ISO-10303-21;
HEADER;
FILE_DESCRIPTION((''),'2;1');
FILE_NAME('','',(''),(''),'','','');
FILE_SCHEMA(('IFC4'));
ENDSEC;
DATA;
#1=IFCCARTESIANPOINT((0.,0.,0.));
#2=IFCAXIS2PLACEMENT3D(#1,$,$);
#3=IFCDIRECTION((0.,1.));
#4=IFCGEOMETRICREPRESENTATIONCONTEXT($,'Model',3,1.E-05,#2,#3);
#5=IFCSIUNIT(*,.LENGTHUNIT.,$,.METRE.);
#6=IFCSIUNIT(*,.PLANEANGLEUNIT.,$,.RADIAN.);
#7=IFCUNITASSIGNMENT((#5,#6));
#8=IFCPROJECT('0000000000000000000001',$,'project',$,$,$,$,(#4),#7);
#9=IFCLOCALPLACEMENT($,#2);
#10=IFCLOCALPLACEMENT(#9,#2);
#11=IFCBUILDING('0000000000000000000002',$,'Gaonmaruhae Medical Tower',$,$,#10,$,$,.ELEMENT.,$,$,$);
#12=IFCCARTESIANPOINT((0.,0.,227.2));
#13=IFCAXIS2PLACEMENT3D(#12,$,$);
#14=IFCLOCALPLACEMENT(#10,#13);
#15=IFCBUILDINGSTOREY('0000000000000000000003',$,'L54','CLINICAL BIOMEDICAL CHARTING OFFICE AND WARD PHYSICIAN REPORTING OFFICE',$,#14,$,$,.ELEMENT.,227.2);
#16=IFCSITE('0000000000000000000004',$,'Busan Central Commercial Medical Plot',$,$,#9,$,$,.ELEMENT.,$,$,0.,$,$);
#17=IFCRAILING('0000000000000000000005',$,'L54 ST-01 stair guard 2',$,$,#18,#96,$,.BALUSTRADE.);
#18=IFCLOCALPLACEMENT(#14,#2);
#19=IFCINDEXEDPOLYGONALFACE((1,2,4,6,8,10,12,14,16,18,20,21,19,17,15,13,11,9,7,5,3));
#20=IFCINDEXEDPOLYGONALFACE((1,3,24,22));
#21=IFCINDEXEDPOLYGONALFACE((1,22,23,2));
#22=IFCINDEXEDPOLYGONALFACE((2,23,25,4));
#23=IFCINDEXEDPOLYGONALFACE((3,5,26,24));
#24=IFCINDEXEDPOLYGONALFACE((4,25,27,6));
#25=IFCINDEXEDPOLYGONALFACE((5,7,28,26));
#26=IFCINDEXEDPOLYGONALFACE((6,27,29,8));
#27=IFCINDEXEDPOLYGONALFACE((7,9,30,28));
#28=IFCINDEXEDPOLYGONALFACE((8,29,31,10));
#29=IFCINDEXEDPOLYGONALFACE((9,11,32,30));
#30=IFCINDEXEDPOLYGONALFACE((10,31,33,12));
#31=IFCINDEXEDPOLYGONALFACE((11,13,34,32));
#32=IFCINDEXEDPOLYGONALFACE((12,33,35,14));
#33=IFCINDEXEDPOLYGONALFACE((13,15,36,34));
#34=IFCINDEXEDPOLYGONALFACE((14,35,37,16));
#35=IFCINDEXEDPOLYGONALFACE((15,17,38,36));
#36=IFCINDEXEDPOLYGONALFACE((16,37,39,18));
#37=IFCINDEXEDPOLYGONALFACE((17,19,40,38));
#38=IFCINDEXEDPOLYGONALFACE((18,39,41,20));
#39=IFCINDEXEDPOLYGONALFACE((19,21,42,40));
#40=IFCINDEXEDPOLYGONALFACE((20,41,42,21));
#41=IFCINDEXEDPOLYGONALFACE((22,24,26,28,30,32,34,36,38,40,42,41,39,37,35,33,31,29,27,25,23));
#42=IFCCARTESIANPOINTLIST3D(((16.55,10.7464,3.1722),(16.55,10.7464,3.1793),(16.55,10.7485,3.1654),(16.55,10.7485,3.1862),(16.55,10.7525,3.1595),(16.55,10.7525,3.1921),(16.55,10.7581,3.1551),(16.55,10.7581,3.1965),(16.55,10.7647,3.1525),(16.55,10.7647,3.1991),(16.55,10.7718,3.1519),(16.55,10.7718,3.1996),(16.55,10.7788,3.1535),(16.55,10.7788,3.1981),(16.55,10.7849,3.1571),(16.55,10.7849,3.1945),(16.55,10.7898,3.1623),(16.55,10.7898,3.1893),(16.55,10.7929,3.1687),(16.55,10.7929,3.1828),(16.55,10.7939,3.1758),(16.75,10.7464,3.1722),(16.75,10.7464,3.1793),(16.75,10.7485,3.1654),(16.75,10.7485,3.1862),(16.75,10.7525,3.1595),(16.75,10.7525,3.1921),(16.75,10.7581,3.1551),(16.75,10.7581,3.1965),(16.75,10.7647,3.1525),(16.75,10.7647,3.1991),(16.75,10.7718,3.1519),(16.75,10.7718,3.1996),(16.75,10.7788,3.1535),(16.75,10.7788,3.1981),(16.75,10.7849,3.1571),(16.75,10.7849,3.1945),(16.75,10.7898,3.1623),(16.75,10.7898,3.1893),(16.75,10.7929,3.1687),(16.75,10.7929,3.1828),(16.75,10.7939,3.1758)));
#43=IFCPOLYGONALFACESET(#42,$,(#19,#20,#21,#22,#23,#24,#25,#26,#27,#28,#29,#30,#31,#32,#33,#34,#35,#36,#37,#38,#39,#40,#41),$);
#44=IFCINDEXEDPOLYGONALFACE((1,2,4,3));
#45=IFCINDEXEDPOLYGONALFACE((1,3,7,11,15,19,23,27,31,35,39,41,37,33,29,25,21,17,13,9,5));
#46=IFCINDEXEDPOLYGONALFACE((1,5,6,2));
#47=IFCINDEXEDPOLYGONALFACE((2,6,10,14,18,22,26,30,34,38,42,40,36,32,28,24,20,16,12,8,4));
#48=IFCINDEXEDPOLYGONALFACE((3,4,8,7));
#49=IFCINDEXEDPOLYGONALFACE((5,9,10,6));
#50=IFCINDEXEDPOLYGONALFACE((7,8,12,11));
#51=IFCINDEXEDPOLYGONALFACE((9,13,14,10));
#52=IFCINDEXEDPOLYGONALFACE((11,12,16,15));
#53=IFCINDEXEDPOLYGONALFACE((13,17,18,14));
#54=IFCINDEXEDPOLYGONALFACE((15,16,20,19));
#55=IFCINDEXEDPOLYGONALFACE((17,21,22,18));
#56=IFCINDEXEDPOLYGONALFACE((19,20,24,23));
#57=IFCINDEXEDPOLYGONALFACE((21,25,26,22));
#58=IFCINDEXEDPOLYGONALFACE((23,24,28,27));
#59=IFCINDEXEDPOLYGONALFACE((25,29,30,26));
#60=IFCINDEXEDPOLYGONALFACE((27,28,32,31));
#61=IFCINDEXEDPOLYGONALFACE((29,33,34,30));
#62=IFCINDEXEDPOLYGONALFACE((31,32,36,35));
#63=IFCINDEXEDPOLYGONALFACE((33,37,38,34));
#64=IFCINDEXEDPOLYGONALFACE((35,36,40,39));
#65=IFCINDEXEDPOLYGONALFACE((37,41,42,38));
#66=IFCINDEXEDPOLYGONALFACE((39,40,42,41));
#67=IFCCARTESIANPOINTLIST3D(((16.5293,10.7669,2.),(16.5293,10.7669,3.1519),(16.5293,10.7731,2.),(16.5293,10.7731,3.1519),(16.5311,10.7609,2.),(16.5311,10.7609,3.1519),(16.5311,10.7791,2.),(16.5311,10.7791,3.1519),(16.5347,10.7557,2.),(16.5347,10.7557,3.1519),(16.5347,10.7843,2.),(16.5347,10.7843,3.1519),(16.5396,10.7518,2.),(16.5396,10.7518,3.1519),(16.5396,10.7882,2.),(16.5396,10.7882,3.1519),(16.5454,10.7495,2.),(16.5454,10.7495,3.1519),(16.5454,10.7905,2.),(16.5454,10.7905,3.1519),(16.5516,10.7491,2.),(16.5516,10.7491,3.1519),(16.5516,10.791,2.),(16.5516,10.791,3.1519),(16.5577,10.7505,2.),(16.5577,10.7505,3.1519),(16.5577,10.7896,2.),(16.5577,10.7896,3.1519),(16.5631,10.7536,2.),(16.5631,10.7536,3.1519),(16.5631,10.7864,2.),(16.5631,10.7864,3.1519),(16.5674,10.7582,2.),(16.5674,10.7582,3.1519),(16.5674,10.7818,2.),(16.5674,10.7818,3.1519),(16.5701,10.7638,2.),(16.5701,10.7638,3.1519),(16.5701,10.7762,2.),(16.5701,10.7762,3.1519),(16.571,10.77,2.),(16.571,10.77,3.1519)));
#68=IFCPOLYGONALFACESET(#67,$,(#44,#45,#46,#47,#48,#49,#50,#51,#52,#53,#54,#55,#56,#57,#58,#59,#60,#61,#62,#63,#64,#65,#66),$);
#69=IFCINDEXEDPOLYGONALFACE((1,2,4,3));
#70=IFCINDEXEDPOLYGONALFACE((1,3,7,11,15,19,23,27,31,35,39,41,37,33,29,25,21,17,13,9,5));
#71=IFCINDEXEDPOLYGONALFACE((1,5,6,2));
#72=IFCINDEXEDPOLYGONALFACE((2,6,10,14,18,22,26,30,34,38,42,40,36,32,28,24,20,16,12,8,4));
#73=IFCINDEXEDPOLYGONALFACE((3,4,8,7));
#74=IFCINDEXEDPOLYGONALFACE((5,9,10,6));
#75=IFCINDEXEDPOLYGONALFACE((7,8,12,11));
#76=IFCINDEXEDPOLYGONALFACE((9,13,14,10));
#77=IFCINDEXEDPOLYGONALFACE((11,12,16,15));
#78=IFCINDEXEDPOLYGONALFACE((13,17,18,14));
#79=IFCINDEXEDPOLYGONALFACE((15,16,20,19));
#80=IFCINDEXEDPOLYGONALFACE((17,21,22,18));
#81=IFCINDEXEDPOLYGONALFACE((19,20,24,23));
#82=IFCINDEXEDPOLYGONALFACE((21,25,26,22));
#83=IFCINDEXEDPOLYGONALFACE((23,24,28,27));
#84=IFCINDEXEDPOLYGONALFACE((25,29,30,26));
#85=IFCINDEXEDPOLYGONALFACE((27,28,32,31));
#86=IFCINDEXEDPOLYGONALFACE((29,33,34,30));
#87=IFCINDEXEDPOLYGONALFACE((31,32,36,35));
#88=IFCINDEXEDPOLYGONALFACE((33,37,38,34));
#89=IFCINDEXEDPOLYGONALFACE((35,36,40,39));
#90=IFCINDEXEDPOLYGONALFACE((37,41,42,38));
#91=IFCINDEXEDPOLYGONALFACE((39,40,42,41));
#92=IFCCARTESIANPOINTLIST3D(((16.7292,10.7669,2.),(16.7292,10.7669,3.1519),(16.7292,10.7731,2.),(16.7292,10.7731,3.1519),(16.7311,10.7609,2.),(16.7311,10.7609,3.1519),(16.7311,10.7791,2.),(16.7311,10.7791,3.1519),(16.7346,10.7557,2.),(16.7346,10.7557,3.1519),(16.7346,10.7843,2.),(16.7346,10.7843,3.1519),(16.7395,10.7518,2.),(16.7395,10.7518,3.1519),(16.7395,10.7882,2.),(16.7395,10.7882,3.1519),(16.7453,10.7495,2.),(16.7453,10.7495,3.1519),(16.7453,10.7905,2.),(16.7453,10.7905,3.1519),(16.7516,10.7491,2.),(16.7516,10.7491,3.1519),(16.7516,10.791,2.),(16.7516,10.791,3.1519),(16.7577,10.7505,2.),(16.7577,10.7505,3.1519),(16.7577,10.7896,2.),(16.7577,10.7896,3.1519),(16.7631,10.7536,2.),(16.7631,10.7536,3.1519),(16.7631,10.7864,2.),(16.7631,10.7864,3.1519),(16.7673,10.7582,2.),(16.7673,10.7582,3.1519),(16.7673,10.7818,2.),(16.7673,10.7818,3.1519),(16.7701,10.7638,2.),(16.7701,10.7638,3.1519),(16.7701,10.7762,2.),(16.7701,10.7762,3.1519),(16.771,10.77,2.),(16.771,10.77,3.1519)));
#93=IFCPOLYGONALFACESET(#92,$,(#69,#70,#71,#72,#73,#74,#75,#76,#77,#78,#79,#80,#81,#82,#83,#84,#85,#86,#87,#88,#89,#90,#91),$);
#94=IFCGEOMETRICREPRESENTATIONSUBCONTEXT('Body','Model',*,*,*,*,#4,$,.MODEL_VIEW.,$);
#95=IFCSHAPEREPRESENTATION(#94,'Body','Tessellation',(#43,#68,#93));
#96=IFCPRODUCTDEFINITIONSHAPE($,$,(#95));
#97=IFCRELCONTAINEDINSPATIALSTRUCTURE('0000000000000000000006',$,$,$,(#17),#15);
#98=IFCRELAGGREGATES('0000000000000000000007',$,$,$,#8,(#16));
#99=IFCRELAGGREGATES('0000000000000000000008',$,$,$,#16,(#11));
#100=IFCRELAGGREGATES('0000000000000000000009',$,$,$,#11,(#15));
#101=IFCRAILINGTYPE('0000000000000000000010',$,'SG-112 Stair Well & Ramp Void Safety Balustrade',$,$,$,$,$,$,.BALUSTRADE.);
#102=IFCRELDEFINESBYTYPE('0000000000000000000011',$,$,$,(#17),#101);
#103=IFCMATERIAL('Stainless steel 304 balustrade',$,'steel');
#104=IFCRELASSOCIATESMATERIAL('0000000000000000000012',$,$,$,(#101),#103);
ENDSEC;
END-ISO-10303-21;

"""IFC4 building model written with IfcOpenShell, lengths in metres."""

from ifc_helpers import new_model, si_unit, direction, frame, origin, origin_2d, place, context, subcontext, project, spatial, circle, extrude, material, type_object, element, save


model = new_model("IFC4")

# Units and contexts
model_context = context("Model", 3, precision=1e-05, world=origin(), true_north=direction((0.0, 1.0)))
body_context = subcontext(model_context, "Body", "Model", "MODEL_VIEW")
ifc_project = project(units=[si_unit("LENGTHUNIT", "METRE"), si_unit("PLANEANGLEUNIT", "RADIAN")], contexts=[model_context])

# Site, building, storey
site_placement = place(None, origin())
site = spatial("IfcSite", under=ifc_project, at=site_placement, Name="Busan Central Commercial Medical Plot", CompositionType="ELEMENT", RefElevation=0.0)
building_placement = place(site_placement, origin())
building = spatial("IfcBuilding", under=site, at=building_placement, Name="Gaonmaruhae Medical Tower", CompositionType="ELEMENT")
storey_placement = place(building_placement, frame((0.0, 0.0, 227.2)))
storey = spatial("IfcBuildingStorey", under=building, at=storey_placement, Name="L54", Description="CLINICAL BIOMEDICAL CHARTING OFFICE AND WARD PHYSICIAN REPORTING OFFICE", CompositionType="ELEMENT", Elevation=227.2)

# Railing
ifc_material_1 = material(Name="Stainless steel 304 balustrade", Category="steel")
railing_type_1 = type_object("IfcRailingType", Name="SG-112 Stair Well & Ramp Void Safety Balustrade", PredefinedType="BALUSTRADE", material=ifc_material_1)
railing_1_placement = place(storey_placement, frame((16.55, 10.77, 2.0)))
element("IfcRailing", 1, at=railing_1_placement, inside=storey, type_object=railing_type_1, Name="L54 ST-01 stair guard 2", PredefinedType="BALUSTRADE", context=body_context, shape_type="SweptSolid", body=[
    extrude(circle(Radius=0.0239, at=origin_2d()), frame((0.0, 0.0, 1.1758), z_axis=(1.0, 0.0, 0.0), x_axis=(0.0, 1.0, 0.0)), (0.0, 0.0, 1.0), 0.2),
    extrude(circle(Radius=0.021, at=origin_2d()), origin(), (0.0, 0.0, 1.0), 1.1519),
    extrude(circle(Radius=0.021, at=origin_2d()), frame((0.2, 0.0, 0.0)), (0.0, 0.0, 1.0), 1.1519),
])

save(model, "model.ifc")
